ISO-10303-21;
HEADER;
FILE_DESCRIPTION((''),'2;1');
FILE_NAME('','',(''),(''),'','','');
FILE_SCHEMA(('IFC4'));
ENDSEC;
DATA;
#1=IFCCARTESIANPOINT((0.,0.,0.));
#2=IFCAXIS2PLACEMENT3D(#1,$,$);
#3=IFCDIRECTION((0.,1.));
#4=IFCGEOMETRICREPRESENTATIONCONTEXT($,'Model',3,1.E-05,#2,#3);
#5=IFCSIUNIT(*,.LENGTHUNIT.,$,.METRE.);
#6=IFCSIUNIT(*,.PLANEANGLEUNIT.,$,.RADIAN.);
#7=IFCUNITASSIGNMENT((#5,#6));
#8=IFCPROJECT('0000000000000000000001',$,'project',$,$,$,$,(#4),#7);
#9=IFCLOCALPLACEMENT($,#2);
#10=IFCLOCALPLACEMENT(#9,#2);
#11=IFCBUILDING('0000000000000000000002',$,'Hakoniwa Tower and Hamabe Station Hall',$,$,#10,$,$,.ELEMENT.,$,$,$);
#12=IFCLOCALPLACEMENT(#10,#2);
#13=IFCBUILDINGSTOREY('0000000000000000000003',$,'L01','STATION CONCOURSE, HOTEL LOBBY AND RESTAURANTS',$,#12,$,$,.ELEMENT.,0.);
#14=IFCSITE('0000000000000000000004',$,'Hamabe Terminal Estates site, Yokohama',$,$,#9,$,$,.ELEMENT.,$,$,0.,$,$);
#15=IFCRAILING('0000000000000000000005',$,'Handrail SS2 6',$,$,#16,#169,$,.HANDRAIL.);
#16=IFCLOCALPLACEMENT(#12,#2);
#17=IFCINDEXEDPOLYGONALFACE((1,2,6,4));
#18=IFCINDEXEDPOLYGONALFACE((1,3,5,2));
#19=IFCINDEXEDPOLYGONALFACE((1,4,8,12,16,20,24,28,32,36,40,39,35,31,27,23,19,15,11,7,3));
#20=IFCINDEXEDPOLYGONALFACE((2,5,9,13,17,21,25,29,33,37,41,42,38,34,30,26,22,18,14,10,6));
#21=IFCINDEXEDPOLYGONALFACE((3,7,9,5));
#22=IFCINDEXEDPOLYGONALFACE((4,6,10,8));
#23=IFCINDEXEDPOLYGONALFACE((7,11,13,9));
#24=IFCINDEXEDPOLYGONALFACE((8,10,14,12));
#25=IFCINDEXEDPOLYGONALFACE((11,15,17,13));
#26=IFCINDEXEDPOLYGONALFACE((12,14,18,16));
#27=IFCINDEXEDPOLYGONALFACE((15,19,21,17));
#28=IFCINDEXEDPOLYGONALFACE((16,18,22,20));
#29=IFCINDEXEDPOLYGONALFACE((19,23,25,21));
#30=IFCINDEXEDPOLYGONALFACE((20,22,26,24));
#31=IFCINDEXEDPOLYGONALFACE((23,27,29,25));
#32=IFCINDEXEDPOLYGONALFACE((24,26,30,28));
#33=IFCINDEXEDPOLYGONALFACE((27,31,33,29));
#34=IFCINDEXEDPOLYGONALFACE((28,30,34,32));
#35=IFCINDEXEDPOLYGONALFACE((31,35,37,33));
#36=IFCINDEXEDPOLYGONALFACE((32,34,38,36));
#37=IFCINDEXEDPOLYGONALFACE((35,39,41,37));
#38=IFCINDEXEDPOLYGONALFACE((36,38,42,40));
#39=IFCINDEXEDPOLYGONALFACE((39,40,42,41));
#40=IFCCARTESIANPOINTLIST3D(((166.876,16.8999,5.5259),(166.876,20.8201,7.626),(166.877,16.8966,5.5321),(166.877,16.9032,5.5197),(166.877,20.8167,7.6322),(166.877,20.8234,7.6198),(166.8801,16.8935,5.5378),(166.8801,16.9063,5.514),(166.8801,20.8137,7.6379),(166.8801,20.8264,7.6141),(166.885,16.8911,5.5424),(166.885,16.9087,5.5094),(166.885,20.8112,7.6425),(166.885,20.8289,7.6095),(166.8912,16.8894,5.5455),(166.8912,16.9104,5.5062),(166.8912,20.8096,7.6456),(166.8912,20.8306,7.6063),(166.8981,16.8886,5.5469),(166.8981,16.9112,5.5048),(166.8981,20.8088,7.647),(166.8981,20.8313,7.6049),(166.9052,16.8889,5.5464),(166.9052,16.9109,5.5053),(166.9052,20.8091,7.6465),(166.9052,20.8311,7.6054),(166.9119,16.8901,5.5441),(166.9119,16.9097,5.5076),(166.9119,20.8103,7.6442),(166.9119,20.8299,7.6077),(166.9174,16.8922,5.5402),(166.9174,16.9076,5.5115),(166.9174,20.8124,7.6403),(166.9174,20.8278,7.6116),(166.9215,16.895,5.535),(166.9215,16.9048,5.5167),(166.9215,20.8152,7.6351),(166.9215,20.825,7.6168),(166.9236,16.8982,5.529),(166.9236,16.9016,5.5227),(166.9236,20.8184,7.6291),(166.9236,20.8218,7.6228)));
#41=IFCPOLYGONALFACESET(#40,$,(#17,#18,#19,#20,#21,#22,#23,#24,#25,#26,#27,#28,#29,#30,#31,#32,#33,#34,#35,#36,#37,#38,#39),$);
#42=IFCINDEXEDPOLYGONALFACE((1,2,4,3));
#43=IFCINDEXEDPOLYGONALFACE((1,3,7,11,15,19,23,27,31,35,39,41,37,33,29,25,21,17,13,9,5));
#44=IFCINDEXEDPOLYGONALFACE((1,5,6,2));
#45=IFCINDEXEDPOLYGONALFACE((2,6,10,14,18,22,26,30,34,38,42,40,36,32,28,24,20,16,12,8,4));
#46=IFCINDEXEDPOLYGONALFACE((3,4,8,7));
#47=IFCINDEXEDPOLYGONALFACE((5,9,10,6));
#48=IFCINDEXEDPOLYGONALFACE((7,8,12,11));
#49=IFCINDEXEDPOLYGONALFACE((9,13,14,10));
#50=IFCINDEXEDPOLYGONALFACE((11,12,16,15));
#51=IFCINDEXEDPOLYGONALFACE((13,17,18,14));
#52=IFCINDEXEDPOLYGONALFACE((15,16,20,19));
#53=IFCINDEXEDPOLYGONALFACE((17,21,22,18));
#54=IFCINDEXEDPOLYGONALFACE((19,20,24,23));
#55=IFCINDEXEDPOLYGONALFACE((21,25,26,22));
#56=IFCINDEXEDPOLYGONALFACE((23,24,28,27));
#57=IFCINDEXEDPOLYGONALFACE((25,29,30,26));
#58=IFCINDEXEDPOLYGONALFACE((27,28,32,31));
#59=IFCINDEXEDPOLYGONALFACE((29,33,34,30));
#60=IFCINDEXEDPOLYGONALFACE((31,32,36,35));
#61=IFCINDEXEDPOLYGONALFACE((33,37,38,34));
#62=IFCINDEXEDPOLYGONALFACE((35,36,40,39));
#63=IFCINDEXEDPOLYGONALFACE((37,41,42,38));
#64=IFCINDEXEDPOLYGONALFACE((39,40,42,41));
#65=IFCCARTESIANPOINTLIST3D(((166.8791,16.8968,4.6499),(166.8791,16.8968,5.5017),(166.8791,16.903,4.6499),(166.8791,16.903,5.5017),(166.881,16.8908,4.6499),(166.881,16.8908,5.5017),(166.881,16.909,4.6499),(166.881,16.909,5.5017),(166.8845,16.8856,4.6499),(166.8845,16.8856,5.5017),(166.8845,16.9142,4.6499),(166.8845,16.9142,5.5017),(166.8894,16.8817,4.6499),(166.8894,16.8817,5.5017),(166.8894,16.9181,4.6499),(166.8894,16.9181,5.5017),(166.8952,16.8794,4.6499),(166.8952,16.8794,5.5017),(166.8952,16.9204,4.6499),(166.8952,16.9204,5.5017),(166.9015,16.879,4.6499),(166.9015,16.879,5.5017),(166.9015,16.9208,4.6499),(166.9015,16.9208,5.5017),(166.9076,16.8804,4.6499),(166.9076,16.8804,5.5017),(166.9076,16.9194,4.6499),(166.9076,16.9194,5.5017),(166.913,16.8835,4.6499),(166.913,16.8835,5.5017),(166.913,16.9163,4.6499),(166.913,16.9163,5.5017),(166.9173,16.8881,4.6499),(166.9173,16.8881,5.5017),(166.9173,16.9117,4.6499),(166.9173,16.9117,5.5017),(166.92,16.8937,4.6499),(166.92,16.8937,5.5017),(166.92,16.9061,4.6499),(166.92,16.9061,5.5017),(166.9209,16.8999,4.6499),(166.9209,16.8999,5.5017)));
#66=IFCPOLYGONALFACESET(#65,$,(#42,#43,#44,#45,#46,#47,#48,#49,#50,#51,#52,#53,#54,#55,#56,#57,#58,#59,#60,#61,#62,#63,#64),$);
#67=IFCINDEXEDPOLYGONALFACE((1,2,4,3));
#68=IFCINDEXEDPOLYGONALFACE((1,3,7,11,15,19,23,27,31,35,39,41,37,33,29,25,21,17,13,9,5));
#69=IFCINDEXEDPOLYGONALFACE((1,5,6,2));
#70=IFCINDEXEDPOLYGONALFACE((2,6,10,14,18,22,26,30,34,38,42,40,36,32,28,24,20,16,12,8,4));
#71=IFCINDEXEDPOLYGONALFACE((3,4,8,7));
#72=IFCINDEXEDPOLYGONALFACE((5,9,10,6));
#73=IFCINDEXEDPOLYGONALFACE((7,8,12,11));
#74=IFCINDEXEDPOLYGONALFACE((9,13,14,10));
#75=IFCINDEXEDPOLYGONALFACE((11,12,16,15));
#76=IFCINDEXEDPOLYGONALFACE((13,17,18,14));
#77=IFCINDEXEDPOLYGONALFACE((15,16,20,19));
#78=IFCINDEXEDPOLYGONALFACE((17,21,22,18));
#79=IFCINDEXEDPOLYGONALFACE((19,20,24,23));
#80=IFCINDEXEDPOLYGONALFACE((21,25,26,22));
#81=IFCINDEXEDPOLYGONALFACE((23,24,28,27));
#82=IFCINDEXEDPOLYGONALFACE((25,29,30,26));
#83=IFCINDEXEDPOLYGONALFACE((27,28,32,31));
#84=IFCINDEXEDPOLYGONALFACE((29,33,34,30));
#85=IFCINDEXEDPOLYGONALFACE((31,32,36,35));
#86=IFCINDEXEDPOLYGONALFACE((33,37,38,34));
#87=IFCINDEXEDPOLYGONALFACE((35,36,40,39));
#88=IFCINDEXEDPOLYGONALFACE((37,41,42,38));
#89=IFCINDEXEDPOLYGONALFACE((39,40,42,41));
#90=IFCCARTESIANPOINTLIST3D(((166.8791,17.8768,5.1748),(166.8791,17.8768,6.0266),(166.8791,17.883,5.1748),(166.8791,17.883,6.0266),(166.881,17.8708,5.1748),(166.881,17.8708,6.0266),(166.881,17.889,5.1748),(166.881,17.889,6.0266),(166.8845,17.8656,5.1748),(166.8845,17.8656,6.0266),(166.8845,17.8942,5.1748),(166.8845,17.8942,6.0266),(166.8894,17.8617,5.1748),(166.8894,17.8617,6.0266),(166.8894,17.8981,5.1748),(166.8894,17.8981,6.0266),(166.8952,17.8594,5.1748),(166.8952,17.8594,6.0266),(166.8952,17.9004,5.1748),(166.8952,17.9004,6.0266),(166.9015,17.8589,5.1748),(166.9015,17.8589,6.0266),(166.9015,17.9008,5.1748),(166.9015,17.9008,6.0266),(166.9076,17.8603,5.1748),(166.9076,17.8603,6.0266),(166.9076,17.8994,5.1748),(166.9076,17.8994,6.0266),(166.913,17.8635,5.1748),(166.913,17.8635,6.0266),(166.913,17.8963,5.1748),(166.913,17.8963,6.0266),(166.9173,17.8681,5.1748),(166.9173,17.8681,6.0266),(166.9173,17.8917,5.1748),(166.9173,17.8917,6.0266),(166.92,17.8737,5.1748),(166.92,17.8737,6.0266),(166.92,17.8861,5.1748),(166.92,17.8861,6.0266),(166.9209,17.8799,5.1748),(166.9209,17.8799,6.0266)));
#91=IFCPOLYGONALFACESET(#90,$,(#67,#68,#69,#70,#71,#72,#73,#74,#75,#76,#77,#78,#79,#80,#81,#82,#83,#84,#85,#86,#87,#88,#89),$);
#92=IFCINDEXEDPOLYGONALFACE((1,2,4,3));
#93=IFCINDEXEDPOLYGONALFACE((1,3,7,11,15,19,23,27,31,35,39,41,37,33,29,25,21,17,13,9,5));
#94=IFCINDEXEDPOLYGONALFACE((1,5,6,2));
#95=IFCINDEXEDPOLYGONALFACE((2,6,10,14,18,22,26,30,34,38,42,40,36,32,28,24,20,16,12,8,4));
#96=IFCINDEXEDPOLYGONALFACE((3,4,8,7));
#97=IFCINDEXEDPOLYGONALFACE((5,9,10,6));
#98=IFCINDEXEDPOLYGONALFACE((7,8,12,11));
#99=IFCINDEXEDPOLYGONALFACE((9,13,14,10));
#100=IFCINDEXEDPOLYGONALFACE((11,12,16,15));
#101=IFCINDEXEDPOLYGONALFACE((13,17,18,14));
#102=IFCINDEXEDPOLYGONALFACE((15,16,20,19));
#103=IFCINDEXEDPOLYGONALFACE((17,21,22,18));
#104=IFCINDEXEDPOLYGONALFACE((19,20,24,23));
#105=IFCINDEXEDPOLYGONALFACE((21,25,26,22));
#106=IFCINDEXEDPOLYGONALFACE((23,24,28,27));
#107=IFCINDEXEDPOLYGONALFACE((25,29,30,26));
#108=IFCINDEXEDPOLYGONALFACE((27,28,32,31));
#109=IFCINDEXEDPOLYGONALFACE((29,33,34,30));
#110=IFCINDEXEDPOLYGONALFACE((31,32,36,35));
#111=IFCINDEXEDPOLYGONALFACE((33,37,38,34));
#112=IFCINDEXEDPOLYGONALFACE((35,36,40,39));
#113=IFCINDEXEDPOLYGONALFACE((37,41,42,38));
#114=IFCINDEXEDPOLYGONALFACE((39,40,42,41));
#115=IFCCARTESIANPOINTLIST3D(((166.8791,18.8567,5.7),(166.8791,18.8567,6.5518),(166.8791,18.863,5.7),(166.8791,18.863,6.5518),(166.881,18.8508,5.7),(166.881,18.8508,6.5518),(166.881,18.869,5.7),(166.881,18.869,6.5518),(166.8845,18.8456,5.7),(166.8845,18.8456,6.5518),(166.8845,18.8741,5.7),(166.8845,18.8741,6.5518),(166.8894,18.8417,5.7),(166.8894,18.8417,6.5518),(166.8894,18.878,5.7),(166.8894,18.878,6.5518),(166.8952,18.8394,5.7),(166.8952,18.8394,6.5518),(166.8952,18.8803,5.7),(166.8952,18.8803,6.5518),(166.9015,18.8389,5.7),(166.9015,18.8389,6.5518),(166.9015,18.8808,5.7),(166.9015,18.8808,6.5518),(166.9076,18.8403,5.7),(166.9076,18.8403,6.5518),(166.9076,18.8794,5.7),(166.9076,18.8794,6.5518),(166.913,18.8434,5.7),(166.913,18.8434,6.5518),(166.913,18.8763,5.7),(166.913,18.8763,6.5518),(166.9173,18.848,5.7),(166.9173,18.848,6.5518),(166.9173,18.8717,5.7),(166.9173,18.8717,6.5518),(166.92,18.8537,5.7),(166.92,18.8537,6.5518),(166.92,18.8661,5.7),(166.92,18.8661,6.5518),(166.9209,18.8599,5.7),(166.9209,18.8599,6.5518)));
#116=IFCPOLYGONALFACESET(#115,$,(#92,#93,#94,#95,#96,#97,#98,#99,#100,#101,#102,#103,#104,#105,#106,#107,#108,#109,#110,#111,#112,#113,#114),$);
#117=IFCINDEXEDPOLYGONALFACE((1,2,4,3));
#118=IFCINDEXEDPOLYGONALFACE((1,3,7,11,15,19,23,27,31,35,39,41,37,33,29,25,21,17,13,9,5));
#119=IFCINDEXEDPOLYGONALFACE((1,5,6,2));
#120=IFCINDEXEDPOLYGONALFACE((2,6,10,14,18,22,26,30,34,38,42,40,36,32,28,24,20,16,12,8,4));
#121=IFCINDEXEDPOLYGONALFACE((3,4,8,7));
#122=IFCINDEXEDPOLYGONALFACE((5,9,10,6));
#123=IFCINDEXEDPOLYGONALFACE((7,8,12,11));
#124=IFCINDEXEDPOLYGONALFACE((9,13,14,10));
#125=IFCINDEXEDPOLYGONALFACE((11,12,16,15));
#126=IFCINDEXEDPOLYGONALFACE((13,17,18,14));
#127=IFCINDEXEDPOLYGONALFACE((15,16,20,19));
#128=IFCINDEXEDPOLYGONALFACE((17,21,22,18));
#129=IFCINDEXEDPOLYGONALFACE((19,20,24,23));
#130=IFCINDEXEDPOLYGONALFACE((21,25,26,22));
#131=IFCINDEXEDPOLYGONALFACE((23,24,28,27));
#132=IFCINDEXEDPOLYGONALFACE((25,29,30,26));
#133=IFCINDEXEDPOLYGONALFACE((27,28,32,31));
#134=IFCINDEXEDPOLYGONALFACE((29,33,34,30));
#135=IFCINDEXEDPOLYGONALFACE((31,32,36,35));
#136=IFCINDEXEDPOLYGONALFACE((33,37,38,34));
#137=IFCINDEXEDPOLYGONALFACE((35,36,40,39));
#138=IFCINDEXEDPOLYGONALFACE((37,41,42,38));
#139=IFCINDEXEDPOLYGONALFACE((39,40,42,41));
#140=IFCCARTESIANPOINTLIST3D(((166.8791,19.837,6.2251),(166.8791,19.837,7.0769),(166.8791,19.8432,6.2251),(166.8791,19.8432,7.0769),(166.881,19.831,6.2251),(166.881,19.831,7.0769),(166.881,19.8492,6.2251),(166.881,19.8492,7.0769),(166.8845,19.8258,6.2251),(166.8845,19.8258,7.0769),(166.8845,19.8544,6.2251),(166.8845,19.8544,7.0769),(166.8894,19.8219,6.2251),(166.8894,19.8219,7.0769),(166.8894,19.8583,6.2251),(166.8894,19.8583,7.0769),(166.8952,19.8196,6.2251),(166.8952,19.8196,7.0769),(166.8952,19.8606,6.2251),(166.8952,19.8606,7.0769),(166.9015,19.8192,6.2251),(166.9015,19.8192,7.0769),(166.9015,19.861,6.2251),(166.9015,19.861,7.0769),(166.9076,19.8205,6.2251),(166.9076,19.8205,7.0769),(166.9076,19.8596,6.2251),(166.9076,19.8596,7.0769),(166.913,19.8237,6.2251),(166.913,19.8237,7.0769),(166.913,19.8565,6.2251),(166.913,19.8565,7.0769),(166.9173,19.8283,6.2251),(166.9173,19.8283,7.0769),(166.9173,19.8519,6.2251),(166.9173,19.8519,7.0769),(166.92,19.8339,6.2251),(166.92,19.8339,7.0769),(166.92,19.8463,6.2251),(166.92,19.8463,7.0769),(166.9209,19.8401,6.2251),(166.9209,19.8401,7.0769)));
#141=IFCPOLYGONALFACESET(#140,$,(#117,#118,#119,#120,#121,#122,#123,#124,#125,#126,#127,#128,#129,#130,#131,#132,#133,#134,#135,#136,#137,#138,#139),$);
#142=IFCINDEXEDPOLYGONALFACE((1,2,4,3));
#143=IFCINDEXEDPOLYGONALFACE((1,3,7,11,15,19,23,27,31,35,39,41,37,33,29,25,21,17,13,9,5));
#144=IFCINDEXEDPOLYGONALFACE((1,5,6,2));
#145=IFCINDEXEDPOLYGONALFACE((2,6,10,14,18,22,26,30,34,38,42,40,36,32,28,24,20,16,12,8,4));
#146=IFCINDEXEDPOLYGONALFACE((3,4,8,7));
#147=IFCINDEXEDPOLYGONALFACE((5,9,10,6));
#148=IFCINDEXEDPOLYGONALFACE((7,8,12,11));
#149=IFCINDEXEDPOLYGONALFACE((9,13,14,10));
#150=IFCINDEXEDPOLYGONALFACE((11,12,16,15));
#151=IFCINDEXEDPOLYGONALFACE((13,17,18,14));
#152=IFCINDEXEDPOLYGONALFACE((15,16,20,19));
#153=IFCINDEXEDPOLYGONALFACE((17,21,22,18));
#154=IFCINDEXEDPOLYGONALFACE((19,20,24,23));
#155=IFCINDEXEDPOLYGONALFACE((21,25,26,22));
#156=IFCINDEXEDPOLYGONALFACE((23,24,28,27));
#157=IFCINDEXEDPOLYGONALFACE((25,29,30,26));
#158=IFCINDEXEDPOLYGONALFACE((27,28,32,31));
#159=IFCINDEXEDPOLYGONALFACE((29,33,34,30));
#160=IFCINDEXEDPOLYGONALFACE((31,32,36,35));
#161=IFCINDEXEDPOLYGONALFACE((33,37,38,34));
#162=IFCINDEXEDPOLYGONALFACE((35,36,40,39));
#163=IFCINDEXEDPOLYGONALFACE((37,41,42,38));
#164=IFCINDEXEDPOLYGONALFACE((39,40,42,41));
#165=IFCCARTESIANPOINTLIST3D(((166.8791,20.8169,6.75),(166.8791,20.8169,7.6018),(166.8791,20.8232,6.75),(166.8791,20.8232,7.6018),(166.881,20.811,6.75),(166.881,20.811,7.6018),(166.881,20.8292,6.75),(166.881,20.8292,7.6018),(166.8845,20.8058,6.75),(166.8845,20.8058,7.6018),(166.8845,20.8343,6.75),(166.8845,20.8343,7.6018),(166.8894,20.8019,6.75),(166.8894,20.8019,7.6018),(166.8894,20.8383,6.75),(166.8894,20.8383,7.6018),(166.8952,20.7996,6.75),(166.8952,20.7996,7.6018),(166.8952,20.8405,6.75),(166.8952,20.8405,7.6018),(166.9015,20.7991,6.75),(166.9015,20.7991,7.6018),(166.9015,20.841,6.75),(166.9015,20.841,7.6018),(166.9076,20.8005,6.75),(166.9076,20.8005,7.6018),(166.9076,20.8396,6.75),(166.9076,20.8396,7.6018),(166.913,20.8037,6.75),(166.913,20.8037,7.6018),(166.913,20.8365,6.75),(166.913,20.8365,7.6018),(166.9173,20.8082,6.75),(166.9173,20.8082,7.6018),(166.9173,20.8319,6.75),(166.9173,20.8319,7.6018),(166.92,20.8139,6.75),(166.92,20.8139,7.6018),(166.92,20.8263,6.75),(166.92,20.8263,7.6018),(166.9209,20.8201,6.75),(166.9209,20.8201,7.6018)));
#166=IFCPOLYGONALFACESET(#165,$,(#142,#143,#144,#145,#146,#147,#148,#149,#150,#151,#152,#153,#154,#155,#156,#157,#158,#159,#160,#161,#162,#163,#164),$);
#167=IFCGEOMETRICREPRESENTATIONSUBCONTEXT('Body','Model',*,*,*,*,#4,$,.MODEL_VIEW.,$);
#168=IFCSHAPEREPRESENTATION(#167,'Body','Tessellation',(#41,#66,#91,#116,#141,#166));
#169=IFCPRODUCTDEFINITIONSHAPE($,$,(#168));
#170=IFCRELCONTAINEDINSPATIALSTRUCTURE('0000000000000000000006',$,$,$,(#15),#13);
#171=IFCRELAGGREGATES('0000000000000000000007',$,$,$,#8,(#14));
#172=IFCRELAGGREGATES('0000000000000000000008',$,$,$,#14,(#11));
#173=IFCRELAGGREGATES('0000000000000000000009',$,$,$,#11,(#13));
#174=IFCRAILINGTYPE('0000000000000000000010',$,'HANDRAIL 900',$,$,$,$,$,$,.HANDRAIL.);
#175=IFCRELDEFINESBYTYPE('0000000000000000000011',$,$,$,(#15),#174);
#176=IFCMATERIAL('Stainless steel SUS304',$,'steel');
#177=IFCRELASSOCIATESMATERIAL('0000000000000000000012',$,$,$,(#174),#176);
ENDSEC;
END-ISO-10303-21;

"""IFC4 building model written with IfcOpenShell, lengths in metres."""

from ifc_helpers import new_model, si_unit, direction, frame, origin, origin_2d, place, context, subcontext, project, spatial, circle, extrude, material, type_object, element, save


model = new_model("IFC4")

# Units and contexts
model_context = context("Model", 3, precision=1e-05, world=origin(), true_north=direction((0.0, 1.0)))
body_context = subcontext(model_context, "Body", "Model", "MODEL_VIEW")
ifc_project = project(units=[si_unit("LENGTHUNIT", "METRE"), si_unit("PLANEANGLEUNIT", "RADIAN")], contexts=[model_context])

# Site, building, storey
site_placement = place(None, origin())
site = spatial("IfcSite", under=ifc_project, at=site_placement, Name="Hamabe Terminal Estates site, Yokohama", CompositionType="ELEMENT", RefElevation=0.0)
building_placement = place(site_placement, origin())
building = spatial("IfcBuilding", under=site, at=building_placement, Name="Hakoniwa Tower and Hamabe Station Hall", CompositionType="ELEMENT")
storey_placement = place(building_placement, origin())
storey = spatial("IfcBuildingStorey", under=building, at=storey_placement, Name="L01", Description="STATION CONCOURSE, HOTEL LOBBY AND RESTAURANTS", CompositionType="ELEMENT", Elevation=0.0)

# Railing
ifc_material_1 = material(Name="Stainless steel SUS304", Category="steel")
railing_type = type_object("IfcRailingType", Name="HANDRAIL 900", PredefinedType="HANDRAIL", material=ifc_material_1)
for number, where, name in (
    (1, (166.8999, 16.8999, 4.6499), "Handrail SS2 6"),
):
    element("IfcRailing", number, at=place(storey_placement, frame(where)), inside=storey, type_object=railing_type, Name=name, PredefinedType="HANDRAIL", context=body_context, shape_type="SweptSolid", body=[
        extrude(circle(Radius=0.0239, at=origin_2d()), frame((0.0, 0.0, 0.876), z_axis=(0.0, 0.881479, 0.472223), x_axis=(-1.0, 0.0, 0.0)), (0.0, 0.0, 1.0), 4.4473),
        extrude(circle(Radius=0.021, at=origin_2d()), origin(), (0.0, 0.0, 1.0), 0.8518),
        extrude(circle(Radius=0.021, at=origin_2d()), frame((0.0, 0.98, 0.5249)), (0.0, 0.0, 1.0), 0.8518),
        extrude(circle(Radius=0.021, at=origin_2d()), frame((0.0, 1.96, 1.05)), (0.0, 0.0, 1.0), 0.8518),
        extrude(circle(Radius=0.021, at=origin_2d()), frame((0.0, 2.9402, 1.5752)), (0.0, 0.0, 1.0), 0.8518),
        extrude(circle(Radius=0.021, at=origin_2d()), frame((0.0, 3.9202, 2.1001)), (0.0, 0.0, 1.0), 0.8518),
    ])

save(model, "model.ifc")
